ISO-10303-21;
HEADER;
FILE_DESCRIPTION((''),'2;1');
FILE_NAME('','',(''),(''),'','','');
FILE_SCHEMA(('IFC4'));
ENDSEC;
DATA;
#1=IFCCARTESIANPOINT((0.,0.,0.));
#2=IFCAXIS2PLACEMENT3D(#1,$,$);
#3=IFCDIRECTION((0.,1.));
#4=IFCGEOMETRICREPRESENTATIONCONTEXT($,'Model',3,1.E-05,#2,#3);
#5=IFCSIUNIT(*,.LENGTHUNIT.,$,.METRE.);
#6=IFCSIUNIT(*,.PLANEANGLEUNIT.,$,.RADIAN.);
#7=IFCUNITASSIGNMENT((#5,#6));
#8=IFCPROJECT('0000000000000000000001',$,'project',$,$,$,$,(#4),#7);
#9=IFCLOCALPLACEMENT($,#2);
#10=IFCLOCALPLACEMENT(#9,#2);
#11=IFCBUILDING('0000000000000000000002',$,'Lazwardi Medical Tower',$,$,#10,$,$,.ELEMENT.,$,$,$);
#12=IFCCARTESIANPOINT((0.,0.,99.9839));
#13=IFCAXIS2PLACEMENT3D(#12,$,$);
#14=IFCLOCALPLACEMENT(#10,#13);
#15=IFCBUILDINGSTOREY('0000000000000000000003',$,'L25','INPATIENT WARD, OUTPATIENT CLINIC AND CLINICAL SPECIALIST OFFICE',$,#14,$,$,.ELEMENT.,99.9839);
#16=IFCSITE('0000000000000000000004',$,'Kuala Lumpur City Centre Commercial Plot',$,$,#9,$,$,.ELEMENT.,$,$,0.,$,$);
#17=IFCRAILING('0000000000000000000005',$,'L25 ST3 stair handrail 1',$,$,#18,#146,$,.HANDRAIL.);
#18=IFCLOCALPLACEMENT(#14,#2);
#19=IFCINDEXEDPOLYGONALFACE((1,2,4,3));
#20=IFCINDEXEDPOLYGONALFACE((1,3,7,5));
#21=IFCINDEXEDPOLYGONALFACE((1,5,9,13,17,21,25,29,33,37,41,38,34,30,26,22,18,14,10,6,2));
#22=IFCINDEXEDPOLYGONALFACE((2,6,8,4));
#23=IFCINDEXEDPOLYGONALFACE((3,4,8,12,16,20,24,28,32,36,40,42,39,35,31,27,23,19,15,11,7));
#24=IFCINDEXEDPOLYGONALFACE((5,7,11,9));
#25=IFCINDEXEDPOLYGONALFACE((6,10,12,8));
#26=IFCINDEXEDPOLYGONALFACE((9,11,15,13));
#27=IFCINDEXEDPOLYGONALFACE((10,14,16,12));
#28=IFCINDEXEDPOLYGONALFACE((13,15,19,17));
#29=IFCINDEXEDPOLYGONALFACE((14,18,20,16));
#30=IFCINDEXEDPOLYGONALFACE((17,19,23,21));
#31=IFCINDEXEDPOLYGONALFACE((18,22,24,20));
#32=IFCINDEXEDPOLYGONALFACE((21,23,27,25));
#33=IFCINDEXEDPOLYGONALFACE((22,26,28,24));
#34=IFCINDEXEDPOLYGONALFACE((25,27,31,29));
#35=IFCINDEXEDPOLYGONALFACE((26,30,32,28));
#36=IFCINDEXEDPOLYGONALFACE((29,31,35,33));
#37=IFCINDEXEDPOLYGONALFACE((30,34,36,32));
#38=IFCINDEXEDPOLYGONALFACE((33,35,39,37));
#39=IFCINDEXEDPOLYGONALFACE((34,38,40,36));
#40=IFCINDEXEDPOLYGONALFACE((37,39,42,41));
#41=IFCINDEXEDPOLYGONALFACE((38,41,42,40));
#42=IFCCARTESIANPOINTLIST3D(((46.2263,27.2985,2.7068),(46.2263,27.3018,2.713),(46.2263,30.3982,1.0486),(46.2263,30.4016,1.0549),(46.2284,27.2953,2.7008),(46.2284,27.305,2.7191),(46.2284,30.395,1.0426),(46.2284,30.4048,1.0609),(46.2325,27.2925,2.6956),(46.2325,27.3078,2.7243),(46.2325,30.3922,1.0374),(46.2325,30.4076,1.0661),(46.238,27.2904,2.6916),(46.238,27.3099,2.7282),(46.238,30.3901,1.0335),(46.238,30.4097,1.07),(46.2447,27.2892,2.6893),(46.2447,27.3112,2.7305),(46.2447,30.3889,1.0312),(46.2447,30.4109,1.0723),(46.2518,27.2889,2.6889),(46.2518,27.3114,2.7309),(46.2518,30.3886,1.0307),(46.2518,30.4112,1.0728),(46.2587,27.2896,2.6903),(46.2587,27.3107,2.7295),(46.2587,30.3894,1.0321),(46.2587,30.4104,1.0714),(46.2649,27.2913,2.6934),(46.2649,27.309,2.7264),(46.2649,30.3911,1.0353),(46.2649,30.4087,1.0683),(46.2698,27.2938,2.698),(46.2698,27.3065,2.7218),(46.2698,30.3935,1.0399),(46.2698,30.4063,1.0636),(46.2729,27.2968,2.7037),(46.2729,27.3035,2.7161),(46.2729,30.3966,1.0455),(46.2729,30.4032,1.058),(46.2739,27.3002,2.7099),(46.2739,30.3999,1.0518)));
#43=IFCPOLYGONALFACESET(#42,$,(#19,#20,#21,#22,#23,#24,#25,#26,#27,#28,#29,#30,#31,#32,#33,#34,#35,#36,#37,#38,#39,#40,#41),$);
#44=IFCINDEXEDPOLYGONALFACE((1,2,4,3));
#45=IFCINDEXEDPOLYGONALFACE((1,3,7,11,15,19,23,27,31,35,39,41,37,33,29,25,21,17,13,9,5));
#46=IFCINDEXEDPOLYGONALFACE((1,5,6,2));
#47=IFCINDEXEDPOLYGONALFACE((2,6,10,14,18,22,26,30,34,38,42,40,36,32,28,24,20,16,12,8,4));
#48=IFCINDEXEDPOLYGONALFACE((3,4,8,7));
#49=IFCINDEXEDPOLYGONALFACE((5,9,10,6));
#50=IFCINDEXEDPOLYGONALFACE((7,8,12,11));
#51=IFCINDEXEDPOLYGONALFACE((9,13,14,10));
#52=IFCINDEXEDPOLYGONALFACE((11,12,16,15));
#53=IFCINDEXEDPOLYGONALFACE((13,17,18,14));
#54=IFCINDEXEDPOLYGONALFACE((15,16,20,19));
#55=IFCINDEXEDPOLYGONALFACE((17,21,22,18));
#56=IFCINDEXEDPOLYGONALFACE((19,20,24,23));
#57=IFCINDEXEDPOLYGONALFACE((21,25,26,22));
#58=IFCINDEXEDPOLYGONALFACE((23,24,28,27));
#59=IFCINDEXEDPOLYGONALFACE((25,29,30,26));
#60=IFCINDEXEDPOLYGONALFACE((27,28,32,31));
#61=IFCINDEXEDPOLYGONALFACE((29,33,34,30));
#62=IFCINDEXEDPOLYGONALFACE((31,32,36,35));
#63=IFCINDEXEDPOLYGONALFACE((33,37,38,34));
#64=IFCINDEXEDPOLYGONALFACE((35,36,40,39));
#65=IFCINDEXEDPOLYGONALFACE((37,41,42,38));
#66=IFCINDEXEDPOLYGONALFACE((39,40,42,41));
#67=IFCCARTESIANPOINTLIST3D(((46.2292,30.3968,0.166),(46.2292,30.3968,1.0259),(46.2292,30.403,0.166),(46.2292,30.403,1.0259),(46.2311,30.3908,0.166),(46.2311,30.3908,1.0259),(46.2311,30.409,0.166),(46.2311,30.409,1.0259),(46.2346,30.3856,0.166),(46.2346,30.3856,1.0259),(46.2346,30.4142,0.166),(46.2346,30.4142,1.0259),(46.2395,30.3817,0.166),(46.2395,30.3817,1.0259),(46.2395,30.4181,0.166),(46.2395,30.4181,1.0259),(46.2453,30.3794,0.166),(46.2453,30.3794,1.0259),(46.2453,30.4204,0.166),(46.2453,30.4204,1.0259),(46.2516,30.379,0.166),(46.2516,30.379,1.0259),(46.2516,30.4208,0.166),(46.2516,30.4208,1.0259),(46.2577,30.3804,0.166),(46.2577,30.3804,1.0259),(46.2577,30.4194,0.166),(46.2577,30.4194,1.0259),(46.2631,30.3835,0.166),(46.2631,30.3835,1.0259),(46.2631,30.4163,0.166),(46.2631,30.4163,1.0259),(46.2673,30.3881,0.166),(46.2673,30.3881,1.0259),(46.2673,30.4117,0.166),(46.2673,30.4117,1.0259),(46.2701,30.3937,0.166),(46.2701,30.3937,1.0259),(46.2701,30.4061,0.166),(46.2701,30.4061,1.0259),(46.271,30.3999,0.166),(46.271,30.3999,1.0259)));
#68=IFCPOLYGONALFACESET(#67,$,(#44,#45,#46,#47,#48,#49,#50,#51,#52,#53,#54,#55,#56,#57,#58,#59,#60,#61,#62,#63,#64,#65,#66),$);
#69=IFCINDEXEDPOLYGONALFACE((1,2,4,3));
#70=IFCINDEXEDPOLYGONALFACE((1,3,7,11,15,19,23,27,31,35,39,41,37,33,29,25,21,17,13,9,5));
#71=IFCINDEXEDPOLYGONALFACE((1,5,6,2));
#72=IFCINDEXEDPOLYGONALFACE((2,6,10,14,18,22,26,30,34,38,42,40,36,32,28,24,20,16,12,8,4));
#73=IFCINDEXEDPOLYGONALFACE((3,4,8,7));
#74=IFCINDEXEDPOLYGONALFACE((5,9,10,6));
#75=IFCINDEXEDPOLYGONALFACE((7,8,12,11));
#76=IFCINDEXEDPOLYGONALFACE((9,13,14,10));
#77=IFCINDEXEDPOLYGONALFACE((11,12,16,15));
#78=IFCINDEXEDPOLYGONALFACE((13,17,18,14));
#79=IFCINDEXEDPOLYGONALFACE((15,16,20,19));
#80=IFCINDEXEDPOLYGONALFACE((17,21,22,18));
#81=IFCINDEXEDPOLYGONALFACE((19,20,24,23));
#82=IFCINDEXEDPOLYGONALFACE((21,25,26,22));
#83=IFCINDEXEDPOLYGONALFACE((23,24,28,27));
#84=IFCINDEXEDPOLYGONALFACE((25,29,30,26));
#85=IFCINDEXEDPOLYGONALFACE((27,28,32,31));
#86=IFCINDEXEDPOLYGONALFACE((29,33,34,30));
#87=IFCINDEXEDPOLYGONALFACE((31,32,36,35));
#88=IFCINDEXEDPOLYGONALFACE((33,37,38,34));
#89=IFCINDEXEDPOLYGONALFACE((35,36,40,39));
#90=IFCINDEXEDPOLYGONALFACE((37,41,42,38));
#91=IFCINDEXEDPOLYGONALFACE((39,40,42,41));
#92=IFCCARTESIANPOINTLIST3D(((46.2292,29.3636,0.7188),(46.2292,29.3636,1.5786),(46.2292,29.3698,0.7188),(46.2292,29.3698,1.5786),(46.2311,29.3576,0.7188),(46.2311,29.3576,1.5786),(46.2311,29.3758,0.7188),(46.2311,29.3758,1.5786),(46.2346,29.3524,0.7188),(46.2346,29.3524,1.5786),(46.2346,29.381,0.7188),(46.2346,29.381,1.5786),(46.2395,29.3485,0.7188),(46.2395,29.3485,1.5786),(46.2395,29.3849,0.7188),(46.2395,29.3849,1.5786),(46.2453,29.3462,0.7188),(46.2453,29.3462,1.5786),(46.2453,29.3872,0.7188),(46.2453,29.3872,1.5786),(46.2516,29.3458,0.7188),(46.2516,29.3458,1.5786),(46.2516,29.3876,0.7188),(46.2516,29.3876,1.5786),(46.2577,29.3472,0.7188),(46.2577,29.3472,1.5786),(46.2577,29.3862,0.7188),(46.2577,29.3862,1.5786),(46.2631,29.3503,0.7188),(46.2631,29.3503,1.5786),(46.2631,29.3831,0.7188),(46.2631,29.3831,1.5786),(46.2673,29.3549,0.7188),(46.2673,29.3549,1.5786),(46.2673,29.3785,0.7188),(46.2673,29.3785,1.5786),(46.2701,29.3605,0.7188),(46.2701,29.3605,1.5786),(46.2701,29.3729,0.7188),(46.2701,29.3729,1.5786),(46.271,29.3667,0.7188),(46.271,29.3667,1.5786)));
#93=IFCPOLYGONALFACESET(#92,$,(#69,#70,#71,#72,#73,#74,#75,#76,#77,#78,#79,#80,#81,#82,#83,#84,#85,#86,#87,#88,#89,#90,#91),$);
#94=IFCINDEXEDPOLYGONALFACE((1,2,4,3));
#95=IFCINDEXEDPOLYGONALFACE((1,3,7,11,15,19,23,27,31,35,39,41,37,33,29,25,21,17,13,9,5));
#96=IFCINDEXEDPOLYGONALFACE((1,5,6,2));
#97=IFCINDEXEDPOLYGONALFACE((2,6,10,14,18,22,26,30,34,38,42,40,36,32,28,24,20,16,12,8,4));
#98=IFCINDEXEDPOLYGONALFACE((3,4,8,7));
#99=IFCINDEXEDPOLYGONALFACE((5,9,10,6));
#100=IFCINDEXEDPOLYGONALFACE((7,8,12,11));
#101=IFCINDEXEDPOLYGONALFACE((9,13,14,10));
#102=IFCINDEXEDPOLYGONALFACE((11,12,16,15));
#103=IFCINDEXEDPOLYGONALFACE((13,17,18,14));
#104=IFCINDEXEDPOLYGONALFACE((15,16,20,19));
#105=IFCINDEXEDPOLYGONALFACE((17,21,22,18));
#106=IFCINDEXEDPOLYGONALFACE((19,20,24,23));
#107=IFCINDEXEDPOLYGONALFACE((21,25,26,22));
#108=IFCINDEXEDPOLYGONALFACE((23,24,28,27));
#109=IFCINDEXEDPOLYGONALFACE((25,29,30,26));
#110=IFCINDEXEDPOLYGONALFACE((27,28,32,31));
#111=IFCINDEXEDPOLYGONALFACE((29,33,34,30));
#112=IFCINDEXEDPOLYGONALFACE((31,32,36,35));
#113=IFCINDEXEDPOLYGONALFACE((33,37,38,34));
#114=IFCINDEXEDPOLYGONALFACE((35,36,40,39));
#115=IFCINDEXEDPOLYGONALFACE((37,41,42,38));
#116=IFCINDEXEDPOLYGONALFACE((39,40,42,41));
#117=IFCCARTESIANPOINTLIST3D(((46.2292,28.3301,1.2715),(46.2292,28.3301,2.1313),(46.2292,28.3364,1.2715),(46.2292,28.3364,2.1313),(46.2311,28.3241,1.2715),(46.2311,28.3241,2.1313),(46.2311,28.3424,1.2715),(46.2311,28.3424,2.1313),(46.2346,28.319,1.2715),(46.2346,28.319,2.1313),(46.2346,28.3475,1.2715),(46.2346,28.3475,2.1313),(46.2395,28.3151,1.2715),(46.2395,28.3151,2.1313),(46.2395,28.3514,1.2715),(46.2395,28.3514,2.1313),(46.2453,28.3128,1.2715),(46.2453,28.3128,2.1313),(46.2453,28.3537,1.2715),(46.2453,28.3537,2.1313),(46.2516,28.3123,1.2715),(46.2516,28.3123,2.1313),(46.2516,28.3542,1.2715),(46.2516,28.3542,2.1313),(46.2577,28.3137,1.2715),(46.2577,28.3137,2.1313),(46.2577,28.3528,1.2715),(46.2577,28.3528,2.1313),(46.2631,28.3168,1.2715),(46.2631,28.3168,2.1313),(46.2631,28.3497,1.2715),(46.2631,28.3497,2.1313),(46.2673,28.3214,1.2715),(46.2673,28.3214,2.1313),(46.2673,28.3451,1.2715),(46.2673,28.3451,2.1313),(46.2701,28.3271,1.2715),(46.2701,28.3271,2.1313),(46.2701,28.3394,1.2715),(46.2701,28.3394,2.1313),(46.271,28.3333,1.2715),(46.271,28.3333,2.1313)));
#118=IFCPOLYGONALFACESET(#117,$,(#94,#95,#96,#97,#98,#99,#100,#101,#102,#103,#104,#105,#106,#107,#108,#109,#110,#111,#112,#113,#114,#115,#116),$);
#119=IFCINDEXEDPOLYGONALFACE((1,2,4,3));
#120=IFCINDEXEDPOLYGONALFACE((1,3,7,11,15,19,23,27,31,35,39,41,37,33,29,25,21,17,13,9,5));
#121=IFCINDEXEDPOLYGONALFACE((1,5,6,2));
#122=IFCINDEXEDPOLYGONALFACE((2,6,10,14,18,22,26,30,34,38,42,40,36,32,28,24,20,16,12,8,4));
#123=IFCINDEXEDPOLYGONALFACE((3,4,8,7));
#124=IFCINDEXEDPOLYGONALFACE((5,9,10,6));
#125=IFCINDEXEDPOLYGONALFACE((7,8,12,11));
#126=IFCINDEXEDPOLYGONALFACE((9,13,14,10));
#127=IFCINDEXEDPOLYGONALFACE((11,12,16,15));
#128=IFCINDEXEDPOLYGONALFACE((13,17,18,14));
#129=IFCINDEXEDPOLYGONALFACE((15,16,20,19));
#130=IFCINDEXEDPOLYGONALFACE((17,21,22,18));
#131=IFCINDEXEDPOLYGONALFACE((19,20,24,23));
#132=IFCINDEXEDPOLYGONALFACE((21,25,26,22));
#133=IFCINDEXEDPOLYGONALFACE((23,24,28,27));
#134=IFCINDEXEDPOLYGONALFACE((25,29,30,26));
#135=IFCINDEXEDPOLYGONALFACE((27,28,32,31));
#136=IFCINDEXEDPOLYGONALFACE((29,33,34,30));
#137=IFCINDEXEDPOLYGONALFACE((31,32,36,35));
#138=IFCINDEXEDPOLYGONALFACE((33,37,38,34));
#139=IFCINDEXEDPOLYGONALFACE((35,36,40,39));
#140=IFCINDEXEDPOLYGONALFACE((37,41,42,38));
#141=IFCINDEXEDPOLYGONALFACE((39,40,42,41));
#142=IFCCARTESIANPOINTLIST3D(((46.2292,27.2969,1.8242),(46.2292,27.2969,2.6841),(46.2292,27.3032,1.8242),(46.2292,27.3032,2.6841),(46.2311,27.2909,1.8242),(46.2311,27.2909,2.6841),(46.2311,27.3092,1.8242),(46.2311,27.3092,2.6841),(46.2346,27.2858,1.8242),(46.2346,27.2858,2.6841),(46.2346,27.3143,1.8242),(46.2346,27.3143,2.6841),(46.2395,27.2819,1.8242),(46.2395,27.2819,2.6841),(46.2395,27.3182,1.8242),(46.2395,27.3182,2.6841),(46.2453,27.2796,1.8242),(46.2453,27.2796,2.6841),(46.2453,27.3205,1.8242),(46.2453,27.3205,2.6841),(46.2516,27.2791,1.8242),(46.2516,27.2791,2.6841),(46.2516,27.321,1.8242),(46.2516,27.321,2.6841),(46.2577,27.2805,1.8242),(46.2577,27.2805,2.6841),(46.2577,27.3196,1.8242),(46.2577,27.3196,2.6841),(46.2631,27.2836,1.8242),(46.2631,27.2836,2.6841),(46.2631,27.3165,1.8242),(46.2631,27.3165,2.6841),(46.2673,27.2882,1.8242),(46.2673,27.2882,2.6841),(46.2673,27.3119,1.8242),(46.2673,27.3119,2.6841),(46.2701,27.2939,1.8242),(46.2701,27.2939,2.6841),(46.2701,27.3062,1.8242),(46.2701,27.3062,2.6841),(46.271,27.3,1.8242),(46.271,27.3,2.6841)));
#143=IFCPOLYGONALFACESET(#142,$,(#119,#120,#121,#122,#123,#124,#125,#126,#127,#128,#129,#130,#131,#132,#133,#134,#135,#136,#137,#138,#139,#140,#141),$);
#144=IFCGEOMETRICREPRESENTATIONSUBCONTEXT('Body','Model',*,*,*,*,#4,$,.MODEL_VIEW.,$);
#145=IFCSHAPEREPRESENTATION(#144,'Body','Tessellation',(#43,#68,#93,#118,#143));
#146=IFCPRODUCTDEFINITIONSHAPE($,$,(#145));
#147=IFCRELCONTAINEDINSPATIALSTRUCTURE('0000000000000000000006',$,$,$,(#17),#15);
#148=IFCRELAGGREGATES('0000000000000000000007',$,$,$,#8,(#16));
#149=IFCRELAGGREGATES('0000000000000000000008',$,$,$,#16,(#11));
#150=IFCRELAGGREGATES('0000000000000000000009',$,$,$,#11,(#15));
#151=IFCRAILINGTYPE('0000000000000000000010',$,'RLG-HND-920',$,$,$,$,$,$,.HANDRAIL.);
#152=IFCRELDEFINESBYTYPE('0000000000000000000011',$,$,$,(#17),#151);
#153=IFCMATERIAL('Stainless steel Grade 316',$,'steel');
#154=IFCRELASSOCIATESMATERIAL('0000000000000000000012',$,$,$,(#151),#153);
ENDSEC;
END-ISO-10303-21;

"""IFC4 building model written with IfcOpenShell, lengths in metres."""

from ifc_helpers import new_model, si_unit, direction, frame, origin, origin_2d, place, context, subcontext, project, spatial, circle, extrude, material, type_object, element, save


model = new_model("IFC4")

# Units and contexts
model_context = context("Model", 3, precision=1e-05, world=origin(), true_north=direction((0.0, 1.0)))
body_context = subcontext(model_context, "Body", "Model", "MODEL_VIEW")
ifc_project = project(units=[si_unit("LENGTHUNIT", "METRE"), si_unit("PLANEANGLEUNIT", "RADIAN")], contexts=[model_context])

# Site, building, storey
site_placement = place(None, origin())
site = spatial("IfcSite", under=ifc_project, at=site_placement, Name="Kuala Lumpur City Centre Commercial Plot", CompositionType="ELEMENT", RefElevation=0.0)
building_placement = place(site_placement, origin())
building = spatial("IfcBuilding", under=site, at=building_placement, Name="Lazwardi Medical Tower", CompositionType="ELEMENT")
storey_placement = place(building_placement, frame((0.0, 0.0, 99.9839)))
storey = spatial("IfcBuildingStorey", under=building, at=storey_placement, Name="L25", Description="INPATIENT WARD, OUTPATIENT CLINIC AND CLINICAL SPECIALIST OFFICE", CompositionType="ELEMENT", Elevation=99.9839)

# Railing
ifc_material_1 = material(Name="Stainless steel Grade 316", Category="steel")
railing_type_1 = type_object("IfcRailingType", Name="RLG-HND-920", PredefinedType="HANDRAIL", material=ifc_material_1)
railing_1_placement = place(storey_placement, frame((46.25, 30.3999, 0.166)))
element("IfcRailing", 1, at=railing_1_placement, inside=storey, type_object=railing_type_1, Name="L25 ST3 stair handrail 1", PredefinedType="HANDRAIL", context=body_context, shape_type="SweptSolid", body=[
    extrude(circle(Radius=0.0239, at=origin_2d()), frame((0.0, 0.0, 0.8857), z_axis=(0.0, -0.881768, 0.471684), x_axis=(1.0, 0.0, 0.0)), (0.0, 0.0, 1.0), 3.5154),
    extrude(circle(Radius=0.021, at=origin_2d()), origin(), (0.0, 0.0, 1.0), 0.8599),
    extrude(circle(Radius=0.021, at=origin_2d()), frame((0.0, -1.0332, 0.5527)), (0.0, 0.0, 1.0), 0.8599),
    extrude(circle(Radius=0.021, at=origin_2d()), frame((0.0, -2.0667, 1.1055)), (0.0, 0.0, 1.0), 0.8599),
    extrude(circle(Radius=0.021, at=origin_2d()), frame((0.0, -3.0999, 1.6582)), (0.0, 0.0, 1.0), 0.8599),
])

save(model, "model.ifc")
